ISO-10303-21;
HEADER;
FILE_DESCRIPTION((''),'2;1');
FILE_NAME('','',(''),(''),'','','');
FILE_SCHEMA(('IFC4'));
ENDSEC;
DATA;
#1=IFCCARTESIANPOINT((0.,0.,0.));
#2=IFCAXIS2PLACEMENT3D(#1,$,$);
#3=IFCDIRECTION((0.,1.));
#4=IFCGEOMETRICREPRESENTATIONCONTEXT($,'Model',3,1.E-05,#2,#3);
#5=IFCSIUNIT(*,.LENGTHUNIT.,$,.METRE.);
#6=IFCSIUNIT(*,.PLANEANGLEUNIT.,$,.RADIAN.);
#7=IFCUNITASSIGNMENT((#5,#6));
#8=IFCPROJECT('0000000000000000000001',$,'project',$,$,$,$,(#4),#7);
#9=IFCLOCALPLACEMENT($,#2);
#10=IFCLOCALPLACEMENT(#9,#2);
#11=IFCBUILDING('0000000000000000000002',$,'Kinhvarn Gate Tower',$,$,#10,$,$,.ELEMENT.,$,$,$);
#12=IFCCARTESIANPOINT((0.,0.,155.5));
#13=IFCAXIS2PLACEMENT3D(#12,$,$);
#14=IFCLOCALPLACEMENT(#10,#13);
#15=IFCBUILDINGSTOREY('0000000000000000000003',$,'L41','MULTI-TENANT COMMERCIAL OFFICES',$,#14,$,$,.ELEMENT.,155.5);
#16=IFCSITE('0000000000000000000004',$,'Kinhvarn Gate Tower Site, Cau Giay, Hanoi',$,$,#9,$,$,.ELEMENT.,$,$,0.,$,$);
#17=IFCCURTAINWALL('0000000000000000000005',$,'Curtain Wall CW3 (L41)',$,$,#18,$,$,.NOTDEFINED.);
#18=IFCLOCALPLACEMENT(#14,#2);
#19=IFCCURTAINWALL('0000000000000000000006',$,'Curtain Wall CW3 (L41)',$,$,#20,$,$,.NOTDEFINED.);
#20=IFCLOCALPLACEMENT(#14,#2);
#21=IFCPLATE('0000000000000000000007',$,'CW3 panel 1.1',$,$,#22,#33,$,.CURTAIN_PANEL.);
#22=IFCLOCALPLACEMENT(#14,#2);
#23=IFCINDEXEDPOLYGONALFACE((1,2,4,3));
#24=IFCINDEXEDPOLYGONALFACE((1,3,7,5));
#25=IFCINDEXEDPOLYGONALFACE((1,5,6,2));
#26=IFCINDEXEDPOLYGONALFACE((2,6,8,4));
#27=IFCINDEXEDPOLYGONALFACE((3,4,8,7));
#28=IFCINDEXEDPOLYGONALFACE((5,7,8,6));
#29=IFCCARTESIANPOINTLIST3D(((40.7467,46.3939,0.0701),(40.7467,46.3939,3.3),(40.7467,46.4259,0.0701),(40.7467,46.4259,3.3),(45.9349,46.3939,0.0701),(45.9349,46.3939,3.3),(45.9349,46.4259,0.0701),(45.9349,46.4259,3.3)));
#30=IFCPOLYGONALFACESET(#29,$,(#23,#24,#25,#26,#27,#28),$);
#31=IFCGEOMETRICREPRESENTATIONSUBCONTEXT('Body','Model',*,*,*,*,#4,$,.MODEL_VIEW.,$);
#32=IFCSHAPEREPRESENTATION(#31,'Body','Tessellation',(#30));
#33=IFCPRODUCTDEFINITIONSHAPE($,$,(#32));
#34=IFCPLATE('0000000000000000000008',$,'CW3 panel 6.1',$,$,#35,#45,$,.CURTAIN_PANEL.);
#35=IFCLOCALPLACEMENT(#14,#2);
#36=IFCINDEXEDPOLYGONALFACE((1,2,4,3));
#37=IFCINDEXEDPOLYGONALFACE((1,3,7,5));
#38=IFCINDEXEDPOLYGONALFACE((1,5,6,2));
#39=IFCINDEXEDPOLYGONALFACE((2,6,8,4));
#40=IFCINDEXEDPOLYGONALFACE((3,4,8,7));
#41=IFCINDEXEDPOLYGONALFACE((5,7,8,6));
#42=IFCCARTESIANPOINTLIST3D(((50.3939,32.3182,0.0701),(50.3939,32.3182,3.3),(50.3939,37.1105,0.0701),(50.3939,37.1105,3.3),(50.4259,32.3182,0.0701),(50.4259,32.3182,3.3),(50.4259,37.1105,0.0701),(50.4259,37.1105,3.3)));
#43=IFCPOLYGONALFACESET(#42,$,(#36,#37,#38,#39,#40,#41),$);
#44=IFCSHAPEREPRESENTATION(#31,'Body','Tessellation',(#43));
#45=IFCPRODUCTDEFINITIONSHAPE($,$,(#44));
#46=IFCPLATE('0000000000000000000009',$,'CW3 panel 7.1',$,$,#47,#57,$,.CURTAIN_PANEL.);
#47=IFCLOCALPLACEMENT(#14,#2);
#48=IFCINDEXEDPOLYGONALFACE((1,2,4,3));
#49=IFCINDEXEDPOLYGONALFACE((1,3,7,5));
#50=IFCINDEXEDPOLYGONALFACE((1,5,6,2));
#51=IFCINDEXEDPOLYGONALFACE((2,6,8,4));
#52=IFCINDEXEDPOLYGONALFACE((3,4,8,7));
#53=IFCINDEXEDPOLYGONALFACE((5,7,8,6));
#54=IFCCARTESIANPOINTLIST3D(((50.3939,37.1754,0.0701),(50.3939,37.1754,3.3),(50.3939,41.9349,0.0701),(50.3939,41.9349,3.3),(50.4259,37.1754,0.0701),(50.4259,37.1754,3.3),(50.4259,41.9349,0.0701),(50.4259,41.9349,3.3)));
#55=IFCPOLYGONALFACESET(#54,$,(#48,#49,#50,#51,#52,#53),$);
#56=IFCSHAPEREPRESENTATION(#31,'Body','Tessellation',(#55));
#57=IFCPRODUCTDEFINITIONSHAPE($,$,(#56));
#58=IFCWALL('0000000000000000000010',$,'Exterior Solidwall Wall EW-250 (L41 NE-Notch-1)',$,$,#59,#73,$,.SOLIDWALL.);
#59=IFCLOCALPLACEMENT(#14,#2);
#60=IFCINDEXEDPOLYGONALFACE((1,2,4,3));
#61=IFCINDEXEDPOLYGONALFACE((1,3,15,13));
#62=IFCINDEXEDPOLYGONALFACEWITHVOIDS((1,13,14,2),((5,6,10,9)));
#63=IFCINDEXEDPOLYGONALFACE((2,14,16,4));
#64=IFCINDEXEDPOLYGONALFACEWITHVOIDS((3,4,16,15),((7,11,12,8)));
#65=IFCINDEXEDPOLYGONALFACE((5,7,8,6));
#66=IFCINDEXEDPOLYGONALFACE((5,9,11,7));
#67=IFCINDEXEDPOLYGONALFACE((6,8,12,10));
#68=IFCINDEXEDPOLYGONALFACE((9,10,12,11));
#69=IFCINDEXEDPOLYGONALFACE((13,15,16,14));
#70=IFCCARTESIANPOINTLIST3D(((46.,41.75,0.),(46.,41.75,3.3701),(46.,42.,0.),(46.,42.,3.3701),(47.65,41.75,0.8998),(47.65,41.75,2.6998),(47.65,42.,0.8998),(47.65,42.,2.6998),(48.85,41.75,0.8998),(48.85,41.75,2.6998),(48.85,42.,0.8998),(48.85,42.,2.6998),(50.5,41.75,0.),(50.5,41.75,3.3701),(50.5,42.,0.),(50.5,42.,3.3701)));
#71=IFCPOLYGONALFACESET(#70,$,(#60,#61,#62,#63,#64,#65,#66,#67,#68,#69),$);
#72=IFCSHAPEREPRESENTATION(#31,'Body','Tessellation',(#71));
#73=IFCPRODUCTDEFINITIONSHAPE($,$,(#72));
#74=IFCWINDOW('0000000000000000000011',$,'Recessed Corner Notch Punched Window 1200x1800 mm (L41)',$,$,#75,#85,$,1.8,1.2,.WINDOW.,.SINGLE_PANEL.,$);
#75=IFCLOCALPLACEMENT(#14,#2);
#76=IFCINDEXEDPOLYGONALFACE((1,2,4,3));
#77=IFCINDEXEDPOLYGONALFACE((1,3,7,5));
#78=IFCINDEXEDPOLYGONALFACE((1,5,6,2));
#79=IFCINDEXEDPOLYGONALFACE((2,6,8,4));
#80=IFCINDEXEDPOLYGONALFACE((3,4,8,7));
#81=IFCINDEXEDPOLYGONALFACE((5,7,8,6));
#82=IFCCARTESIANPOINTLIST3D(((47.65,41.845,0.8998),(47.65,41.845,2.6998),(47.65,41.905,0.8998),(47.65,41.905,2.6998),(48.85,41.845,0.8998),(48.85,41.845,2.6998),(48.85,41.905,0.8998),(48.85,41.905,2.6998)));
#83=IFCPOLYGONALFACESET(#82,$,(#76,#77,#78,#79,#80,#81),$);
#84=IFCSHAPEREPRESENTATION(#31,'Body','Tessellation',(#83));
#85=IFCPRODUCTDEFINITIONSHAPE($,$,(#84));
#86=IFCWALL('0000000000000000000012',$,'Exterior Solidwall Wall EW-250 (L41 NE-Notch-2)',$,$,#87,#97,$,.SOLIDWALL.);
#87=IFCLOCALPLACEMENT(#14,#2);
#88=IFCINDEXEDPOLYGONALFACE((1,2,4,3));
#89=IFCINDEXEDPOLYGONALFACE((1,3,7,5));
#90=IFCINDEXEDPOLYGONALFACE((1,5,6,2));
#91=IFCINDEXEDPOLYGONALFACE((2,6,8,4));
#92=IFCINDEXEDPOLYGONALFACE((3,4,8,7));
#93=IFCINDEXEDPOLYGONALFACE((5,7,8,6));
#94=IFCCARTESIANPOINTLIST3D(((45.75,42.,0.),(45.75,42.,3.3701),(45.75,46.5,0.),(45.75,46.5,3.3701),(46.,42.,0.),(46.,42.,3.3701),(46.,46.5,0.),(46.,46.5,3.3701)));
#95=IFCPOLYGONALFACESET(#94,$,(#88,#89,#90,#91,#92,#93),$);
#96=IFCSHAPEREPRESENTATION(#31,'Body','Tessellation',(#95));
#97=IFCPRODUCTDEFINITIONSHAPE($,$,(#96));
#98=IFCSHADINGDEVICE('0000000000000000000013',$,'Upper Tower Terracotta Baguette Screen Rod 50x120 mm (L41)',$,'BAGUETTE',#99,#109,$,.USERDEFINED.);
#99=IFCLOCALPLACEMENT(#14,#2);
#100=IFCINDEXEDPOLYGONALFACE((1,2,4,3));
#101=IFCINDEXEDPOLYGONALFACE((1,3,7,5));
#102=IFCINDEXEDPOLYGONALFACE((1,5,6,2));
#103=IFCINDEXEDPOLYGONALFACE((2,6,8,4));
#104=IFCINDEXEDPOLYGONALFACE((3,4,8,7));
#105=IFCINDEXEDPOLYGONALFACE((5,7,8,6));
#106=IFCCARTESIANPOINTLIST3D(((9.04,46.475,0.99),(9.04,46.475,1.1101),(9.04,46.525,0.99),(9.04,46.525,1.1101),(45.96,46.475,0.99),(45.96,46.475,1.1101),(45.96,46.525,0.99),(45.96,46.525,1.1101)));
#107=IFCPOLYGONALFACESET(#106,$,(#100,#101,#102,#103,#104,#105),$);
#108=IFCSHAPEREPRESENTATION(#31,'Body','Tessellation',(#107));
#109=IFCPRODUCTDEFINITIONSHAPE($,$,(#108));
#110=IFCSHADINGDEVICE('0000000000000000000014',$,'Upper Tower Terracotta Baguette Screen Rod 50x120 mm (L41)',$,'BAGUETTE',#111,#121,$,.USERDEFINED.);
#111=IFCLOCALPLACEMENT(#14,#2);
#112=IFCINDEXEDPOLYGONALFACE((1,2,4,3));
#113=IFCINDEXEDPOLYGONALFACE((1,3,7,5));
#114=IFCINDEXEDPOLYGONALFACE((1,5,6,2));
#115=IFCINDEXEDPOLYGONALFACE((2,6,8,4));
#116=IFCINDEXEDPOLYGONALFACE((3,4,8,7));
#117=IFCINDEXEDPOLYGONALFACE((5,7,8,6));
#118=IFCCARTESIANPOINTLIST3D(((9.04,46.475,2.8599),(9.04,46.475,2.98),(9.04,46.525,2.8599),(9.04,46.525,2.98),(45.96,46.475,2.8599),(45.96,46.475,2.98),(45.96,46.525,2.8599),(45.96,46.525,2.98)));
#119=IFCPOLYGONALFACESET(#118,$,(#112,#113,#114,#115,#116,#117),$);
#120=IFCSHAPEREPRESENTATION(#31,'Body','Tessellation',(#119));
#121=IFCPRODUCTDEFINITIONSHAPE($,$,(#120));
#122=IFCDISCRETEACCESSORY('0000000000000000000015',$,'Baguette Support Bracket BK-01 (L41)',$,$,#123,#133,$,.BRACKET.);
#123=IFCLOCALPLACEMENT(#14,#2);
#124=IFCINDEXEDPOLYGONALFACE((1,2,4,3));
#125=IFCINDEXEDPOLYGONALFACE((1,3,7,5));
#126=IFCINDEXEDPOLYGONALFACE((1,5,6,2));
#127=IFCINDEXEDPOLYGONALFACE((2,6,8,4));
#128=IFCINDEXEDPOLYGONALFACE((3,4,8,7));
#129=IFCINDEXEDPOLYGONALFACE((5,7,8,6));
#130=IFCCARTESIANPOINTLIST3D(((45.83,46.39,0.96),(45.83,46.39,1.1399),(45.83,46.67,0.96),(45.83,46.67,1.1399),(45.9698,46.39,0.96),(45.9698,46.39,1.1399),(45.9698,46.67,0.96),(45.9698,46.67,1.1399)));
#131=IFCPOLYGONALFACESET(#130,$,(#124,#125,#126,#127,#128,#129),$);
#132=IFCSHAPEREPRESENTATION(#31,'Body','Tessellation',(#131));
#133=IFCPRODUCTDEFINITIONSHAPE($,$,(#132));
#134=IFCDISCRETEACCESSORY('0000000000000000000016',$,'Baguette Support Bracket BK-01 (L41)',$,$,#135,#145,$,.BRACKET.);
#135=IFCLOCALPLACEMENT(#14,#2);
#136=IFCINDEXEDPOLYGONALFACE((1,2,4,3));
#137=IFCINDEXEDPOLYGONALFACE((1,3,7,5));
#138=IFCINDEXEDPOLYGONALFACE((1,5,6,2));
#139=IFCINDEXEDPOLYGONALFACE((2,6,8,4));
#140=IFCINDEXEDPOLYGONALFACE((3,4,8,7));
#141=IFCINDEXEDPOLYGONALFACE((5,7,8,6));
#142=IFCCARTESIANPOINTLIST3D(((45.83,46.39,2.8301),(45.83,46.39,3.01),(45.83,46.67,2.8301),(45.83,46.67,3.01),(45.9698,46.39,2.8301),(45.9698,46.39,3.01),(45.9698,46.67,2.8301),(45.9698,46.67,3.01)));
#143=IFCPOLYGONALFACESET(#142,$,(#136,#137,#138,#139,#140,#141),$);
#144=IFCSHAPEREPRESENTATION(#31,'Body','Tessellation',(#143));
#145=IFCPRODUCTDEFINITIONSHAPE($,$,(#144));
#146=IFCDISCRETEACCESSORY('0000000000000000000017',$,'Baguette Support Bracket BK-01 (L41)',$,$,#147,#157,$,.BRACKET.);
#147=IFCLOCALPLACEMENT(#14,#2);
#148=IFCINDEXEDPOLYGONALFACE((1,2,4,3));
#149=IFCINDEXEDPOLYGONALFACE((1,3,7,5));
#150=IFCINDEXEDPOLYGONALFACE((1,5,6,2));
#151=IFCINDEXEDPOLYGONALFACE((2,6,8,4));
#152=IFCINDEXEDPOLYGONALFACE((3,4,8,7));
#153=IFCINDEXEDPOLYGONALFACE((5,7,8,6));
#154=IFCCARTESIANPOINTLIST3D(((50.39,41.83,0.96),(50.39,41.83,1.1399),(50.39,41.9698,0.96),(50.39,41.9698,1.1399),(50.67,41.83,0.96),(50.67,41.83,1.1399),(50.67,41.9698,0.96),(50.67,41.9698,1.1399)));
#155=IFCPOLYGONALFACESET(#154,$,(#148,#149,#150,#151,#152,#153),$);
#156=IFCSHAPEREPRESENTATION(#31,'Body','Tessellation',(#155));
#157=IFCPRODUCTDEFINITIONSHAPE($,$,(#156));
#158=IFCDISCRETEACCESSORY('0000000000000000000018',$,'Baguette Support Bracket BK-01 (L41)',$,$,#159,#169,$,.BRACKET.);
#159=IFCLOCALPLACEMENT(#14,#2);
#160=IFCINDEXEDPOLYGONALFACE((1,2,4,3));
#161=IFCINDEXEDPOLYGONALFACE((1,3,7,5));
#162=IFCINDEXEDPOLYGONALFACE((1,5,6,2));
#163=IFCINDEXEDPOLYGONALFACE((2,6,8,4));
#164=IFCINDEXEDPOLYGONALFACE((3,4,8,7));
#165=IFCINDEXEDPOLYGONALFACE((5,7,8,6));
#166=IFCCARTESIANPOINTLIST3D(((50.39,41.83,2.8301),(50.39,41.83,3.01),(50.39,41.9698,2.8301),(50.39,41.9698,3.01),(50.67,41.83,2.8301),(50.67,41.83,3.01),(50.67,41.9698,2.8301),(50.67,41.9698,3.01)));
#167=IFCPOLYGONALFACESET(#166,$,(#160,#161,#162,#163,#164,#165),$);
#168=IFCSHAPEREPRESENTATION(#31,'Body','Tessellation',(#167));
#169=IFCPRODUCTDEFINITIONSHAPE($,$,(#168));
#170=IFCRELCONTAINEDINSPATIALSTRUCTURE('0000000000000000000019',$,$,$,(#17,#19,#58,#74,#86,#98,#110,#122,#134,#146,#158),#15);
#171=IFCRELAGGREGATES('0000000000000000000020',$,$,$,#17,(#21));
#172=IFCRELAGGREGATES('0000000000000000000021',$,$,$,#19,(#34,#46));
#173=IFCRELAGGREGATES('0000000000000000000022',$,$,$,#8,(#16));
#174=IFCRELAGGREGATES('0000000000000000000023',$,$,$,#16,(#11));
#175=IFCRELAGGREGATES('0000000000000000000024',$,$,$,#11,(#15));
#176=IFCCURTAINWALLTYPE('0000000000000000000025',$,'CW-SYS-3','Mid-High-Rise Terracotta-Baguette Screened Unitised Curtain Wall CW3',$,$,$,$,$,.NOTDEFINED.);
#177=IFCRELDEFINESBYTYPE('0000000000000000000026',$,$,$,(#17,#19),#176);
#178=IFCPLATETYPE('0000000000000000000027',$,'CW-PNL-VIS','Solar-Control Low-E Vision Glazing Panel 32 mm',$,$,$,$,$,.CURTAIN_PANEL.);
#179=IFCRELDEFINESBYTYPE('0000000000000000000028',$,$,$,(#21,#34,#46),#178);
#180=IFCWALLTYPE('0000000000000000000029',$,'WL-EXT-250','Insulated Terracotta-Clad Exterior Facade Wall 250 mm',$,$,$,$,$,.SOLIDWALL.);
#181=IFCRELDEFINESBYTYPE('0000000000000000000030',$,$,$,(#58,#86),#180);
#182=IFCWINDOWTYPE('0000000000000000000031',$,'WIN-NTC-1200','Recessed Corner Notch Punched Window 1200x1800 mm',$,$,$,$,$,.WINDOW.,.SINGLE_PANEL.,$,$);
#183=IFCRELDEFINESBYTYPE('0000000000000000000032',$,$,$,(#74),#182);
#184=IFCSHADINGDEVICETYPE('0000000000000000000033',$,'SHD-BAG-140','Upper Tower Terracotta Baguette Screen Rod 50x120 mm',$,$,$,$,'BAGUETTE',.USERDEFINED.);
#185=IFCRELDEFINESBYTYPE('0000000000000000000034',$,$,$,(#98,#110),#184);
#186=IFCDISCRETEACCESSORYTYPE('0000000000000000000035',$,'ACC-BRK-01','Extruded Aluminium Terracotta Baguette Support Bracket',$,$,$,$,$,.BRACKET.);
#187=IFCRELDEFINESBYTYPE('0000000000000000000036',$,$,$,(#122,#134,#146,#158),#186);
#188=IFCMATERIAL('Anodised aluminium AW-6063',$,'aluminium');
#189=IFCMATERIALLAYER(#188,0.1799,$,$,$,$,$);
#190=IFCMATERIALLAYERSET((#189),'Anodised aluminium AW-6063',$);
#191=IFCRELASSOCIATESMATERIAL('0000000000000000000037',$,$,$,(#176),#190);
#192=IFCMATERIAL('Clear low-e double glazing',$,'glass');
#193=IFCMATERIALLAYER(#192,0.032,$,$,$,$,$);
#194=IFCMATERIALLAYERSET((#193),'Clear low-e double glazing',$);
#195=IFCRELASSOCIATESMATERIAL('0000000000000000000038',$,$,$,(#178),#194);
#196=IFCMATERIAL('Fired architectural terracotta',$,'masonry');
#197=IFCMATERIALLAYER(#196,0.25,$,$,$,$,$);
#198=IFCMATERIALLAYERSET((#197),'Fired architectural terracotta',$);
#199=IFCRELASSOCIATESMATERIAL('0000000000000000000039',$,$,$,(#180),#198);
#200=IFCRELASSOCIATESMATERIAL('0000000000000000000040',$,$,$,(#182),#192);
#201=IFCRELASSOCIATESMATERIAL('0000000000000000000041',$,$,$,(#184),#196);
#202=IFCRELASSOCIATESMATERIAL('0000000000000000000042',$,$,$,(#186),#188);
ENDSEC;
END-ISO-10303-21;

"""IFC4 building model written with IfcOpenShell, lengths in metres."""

from ifc_helpers import new_model, si_unit, direction, frame, frame_2d, origin, origin_2d, place, context, subcontext, project, spatial, rectangle, extrude, material, layer, layer_set, material_profile, profile_set, type_object, element, fill, aggregate, save


model = new_model("IFC4")

# Units and contexts
model_context = context("Model", 3, precision=1e-05, world=origin(), true_north=direction((0.0, 1.0)))
body_context = subcontext(model_context, "Body", "Model", "MODEL_VIEW")
ifc_project = project(units=[si_unit("LENGTHUNIT", "METRE"), si_unit("PLANEANGLEUNIT", "RADIAN")], contexts=[model_context])

# Site, building, storey
site_placement = place(None, origin())
site = spatial("IfcSite", under=ifc_project, at=site_placement, Name="Kinhvarn Gate Tower Site, Cau Giay, Hanoi", CompositionType="ELEMENT", RefElevation=0.0)
building_placement = place(site_placement, origin())
building = spatial("IfcBuilding", under=site, at=building_placement, Name="Kinhvarn Gate Tower", CompositionType="ELEMENT")
storey_placement = place(building_placement, frame((0.0, 0.0, 155.5)))
storey = spatial("IfcBuildingStorey", under=building, at=storey_placement, Name="L41", Description="MULTI-TENANT COMMERCIAL OFFICES", CompositionType="ELEMENT", Elevation=155.5)

# Curtain walls
ifc_material_1 = material(Name="Anodised aluminium AW-6063", Category="aluminium")
ifc_layer_1 = layer(ifc_material_1, 0.1799)
ifc_layer_set_1 = layer_set([ifc_layer_1], Name="Anodised aluminium AW-6063")
curtain_wall_type = type_object("IfcCurtainWallType", Name="CW-SYS-3", Description="Mid-High-Rise Terracotta-Baguette Screened Unitised Curtain Wall CW3", PredefinedType="NOTDEFINED", material=ifc_layer_set_1)
curtain_wall_1_placement = place(storey_placement, origin())
curtain_wall_1 = element("IfcCurtainWall", 1, at=curtain_wall_1_placement, inside=storey, type_object=curtain_wall_type, Name="Curtain Wall CW3 (L41)", PredefinedType="NOTDEFINED")
curtain_wall_2_placement = place(storey_placement, origin())
curtain_wall_2 = element("IfcCurtainWall", 2, at=curtain_wall_2_placement, inside=storey, type_object=curtain_wall_type, Name="Curtain Wall CW3 (L41)", PredefinedType="NOTDEFINED")

# Plates
ifc_material_2 = material(Name="Clear low-e double glazing", Category="glass")
ifc_layer_2 = layer(ifc_material_2, 0.032)
ifc_layer_set_2 = layer_set([ifc_layer_2], Name="Clear low-e double glazing")
plate_type = type_object("IfcPlateType", Name="CW-PNL-VIS", Description="Solar-Control Low-E Vision Glazing Panel 32 mm", PredefinedType="CURTAIN_PANEL", material=ifc_layer_set_2)
plate_1_placement = place(storey_placement, frame((43.3408, 46.4099, 0.0701), z_axis=(0.0, 0.0, 1.0), x_axis=(-1.0, 0.0, 0.0)))
plate_1 = element("IfcPlate", 3, at=plate_1_placement, type_object=plate_type, Name="CW3 panel 1.1", PredefinedType="CURTAIN_PANEL", context=body_context, shape_type="SweptSolid", body=[
    extrude(rectangle(XDim=5.1882, YDim=0.032, at=origin_2d()), origin(), (0.0, 0.0, 1.0), 3.23),
])
aggregate(curtain_wall_1, [plate_1])
plate_2_placement = place(storey_placement, frame((50.4099, 34.7144, 0.0701), z_axis=(0.0, 0.0, 1.0), x_axis=(0.0, 1.0, 0.0)))
plate_2 = element("IfcPlate", 4, at=plate_2_placement, type_object=plate_type, Name="CW3 panel 6.1", PredefinedType="CURTAIN_PANEL", context=body_context, shape_type="SweptSolid", body=[
    extrude(rectangle(XDim=4.7922, YDim=0.032, at=origin_2d()), origin(), (0.0, 0.0, 1.0), 3.23),
])
plate_3_placement = place(storey_placement, frame((50.4099, 39.5552, 0.0701), z_axis=(0.0, 0.0, 1.0), x_axis=(0.0, 1.0, 0.0)))
plate_3 = element("IfcPlate", 5, at=plate_3_placement, type_object=plate_type, Name="CW3 panel 7.1", PredefinedType="CURTAIN_PANEL", context=body_context, shape_type="SweptSolid", body=[
    extrude(rectangle(XDim=4.7595, YDim=0.032, at=origin_2d()), origin(), (0.0, 0.0, 1.0), 3.23),
])
aggregate(curtain_wall_2, [plate_2, plate_3])

# Wall, opening, window
ifc_material_3 = material(Name="Fired architectural terracotta", Category="masonry")
ifc_layer_3 = layer(ifc_material_3, 0.25)
ifc_layer_set_3 = layer_set([ifc_layer_3], Name="Fired architectural terracotta")
wall_type = type_object("IfcWallType", Name="WL-EXT-250", Description="Insulated Terracotta-Clad Exterior Facade Wall 250 mm", PredefinedType="SOLIDWALL", material=ifc_layer_set_3)
wall_1_placement = place(storey_placement, frame((50.5, 41.875, 0.0), z_axis=(0.0, 0.0, 1.0), x_axis=(-1.0, 0.0, 0.0)))
wall_1 = element("IfcWall", 6, at=wall_1_placement, inside=storey, type_object=wall_type, Name="Exterior Solidwall Wall EW-250 (L41 NE-Notch-1)", PredefinedType="SOLIDWALL", context=body_context, shape_type="SweptSolid", body=[
    extrude(rectangle(XDim=4.5, YDim=0.25, at=frame_2d((2.25, 0.0))), origin(), (0.0, 0.0, 1.0), 3.3701),
])
opening_placement = place(wall_1_placement, frame((1.6499, 0.0, 0.8999)))
opening = element("IfcOpeningElement", 7, at=opening_placement, cuts=wall_1, PredefinedType="OPENING", context=body_context, shape_type="SweptSolid", body=[
    extrude(rectangle(XDim=1.2, YDim=1.8, at=frame_2d((0.6001, 0.8999))), frame((0.0, 0.135, 0.0), z_axis=(0.0, -1.0, 0.0), x_axis=(1.0, 0.0, 0.0)), (0.0, 0.0, 1.0), 0.27),
])
window_type = type_object("IfcWindowType", Name="WIN-NTC-1200", Description="Recessed Corner Notch Punched Window 1200x1800 mm", PartitioningType="SINGLE_PANEL", PredefinedType="WINDOW", material=ifc_material_2)
window_placement = place(opening_placement, origin())
window = element("IfcWindow", 8, at=window_placement, inside=storey, type_object=window_type, Name="Recessed Corner Notch Punched Window 1200x1800 mm (L41)", OverallHeight=1.8, OverallWidth=1.2, PartitioningType="SINGLE_PANEL", PredefinedType="WINDOW", context=body_context, shape_type="SweptSolid", body=[
    extrude(rectangle(XDim=1.2, YDim=1.8, at=frame_2d((0.6001, 0.8999))), frame((0.0, 0.03, 0.0), z_axis=(0.0, -1.0, 0.0), x_axis=(1.0, 0.0, 0.0)), (0.0, 0.0, 1.0), 0.0601),
])
fill(opening, window)

# Wall
wall_2_placement = place(storey_placement, frame((45.875, 42.0, 0.0), z_axis=(0.0, 0.0, 1.0), x_axis=(0.0, 1.0, 0.0)))
element("IfcWall", 9, at=wall_2_placement, inside=storey, type_object=wall_type, Name="Exterior Solidwall Wall EW-250 (L41 NE-Notch-2)", PredefinedType="SOLIDWALL", context=body_context, shape_type="SweptSolid", body=[
    extrude(rectangle(XDim=4.5, YDim=0.25, at=frame_2d((2.25, 0.0))), origin(), (0.0, 0.0, 1.0), 3.3701),
])

# Shading devices
ifc_material_profile_1 = material_profile(ifc_material_3, rectangle(XDim=0.05, YDim=0.1201, at=origin_2d()), Name="TC 50x120")
ifc_profile_set_1 = profile_set([ifc_material_profile_1], Name="Fired architectural terracotta")
shading_device_type = type_object("IfcShadingDeviceType", Name="SHD-BAG-140", Description="Upper Tower Terracotta Baguette Screen Rod 50x120 mm", ElementType="BAGUETTE", PredefinedType="USERDEFINED", material=ifc_profile_set_1)
for number, where, z_axis, x_axis, name in (
    (10, (45.96, 46.5, 1.05), (-1.0, 0.0, 0.0), (0.0, -1.0, 0.0), "Upper Tower Terracotta Baguette Screen Rod 50x120 mm (L41)"),
    (11, (45.96, 46.5, 2.9199), (-1.0, 0.0, 0.0), (0.0, -1.0, 0.0), "Upper Tower Terracotta Baguette Screen Rod 50x120 mm (L41)"),
):
    element("IfcShadingDevice", number, at=place(storey_placement, frame(where, z_axis=z_axis, x_axis=x_axis)), inside=storey, type_object=shading_device_type, Name=name, ObjectType="BAGUETTE", PredefinedType="USERDEFINED", context=body_context, shape_type="SweptSolid", body=[
        extrude(rectangle(XDim=0.05, YDim=0.1201, at=origin_2d()), origin(), (0.0, 0.0, 1.0), 36.9199),
    ])

# Discrete accessories
discrete_accessory_type = type_object("IfcDiscreteAccessoryType", Name="ACC-BRK-01", Description="Extruded Aluminium Terracotta Baguette Support Bracket", PredefinedType="BRACKET", material=ifc_material_1)
for number, where, z_axis, x_axis, name in (
    (12, (45.8999, 46.53, 0.96), (0.0, 0.0, 1.0), (-1.0, 0.0, 0.0), "Baguette Support Bracket BK-01 (L41)"),
    (13, (45.8999, 46.53, 2.8301), (0.0, 0.0, 1.0), (-1.0, 0.0, 0.0), "Baguette Support Bracket BK-01 (L41)"),
    (14, (50.53, 41.8999, 0.96), (0.0, 0.0, 1.0), (0.0, 1.0, 0.0), "Baguette Support Bracket BK-01 (L41)"),
    (15, (50.53, 41.8999, 2.8301), (0.0, 0.0, 1.0), (0.0, 1.0, 0.0), "Baguette Support Bracket BK-01 (L41)"),
):
    element("IfcDiscreteAccessory", number, at=place(storey_placement, frame(where, z_axis=z_axis, x_axis=x_axis)), inside=storey, type_object=discrete_accessory_type, Name=name, PredefinedType="BRACKET", context=body_context, shape_type="SweptSolid", body=[
        extrude(rectangle(XDim=0.1399, YDim=0.28, at=origin_2d()), origin(), (0.0, 0.0, 1.0), 0.1799),
    ])

save(model, "model.ifc")
